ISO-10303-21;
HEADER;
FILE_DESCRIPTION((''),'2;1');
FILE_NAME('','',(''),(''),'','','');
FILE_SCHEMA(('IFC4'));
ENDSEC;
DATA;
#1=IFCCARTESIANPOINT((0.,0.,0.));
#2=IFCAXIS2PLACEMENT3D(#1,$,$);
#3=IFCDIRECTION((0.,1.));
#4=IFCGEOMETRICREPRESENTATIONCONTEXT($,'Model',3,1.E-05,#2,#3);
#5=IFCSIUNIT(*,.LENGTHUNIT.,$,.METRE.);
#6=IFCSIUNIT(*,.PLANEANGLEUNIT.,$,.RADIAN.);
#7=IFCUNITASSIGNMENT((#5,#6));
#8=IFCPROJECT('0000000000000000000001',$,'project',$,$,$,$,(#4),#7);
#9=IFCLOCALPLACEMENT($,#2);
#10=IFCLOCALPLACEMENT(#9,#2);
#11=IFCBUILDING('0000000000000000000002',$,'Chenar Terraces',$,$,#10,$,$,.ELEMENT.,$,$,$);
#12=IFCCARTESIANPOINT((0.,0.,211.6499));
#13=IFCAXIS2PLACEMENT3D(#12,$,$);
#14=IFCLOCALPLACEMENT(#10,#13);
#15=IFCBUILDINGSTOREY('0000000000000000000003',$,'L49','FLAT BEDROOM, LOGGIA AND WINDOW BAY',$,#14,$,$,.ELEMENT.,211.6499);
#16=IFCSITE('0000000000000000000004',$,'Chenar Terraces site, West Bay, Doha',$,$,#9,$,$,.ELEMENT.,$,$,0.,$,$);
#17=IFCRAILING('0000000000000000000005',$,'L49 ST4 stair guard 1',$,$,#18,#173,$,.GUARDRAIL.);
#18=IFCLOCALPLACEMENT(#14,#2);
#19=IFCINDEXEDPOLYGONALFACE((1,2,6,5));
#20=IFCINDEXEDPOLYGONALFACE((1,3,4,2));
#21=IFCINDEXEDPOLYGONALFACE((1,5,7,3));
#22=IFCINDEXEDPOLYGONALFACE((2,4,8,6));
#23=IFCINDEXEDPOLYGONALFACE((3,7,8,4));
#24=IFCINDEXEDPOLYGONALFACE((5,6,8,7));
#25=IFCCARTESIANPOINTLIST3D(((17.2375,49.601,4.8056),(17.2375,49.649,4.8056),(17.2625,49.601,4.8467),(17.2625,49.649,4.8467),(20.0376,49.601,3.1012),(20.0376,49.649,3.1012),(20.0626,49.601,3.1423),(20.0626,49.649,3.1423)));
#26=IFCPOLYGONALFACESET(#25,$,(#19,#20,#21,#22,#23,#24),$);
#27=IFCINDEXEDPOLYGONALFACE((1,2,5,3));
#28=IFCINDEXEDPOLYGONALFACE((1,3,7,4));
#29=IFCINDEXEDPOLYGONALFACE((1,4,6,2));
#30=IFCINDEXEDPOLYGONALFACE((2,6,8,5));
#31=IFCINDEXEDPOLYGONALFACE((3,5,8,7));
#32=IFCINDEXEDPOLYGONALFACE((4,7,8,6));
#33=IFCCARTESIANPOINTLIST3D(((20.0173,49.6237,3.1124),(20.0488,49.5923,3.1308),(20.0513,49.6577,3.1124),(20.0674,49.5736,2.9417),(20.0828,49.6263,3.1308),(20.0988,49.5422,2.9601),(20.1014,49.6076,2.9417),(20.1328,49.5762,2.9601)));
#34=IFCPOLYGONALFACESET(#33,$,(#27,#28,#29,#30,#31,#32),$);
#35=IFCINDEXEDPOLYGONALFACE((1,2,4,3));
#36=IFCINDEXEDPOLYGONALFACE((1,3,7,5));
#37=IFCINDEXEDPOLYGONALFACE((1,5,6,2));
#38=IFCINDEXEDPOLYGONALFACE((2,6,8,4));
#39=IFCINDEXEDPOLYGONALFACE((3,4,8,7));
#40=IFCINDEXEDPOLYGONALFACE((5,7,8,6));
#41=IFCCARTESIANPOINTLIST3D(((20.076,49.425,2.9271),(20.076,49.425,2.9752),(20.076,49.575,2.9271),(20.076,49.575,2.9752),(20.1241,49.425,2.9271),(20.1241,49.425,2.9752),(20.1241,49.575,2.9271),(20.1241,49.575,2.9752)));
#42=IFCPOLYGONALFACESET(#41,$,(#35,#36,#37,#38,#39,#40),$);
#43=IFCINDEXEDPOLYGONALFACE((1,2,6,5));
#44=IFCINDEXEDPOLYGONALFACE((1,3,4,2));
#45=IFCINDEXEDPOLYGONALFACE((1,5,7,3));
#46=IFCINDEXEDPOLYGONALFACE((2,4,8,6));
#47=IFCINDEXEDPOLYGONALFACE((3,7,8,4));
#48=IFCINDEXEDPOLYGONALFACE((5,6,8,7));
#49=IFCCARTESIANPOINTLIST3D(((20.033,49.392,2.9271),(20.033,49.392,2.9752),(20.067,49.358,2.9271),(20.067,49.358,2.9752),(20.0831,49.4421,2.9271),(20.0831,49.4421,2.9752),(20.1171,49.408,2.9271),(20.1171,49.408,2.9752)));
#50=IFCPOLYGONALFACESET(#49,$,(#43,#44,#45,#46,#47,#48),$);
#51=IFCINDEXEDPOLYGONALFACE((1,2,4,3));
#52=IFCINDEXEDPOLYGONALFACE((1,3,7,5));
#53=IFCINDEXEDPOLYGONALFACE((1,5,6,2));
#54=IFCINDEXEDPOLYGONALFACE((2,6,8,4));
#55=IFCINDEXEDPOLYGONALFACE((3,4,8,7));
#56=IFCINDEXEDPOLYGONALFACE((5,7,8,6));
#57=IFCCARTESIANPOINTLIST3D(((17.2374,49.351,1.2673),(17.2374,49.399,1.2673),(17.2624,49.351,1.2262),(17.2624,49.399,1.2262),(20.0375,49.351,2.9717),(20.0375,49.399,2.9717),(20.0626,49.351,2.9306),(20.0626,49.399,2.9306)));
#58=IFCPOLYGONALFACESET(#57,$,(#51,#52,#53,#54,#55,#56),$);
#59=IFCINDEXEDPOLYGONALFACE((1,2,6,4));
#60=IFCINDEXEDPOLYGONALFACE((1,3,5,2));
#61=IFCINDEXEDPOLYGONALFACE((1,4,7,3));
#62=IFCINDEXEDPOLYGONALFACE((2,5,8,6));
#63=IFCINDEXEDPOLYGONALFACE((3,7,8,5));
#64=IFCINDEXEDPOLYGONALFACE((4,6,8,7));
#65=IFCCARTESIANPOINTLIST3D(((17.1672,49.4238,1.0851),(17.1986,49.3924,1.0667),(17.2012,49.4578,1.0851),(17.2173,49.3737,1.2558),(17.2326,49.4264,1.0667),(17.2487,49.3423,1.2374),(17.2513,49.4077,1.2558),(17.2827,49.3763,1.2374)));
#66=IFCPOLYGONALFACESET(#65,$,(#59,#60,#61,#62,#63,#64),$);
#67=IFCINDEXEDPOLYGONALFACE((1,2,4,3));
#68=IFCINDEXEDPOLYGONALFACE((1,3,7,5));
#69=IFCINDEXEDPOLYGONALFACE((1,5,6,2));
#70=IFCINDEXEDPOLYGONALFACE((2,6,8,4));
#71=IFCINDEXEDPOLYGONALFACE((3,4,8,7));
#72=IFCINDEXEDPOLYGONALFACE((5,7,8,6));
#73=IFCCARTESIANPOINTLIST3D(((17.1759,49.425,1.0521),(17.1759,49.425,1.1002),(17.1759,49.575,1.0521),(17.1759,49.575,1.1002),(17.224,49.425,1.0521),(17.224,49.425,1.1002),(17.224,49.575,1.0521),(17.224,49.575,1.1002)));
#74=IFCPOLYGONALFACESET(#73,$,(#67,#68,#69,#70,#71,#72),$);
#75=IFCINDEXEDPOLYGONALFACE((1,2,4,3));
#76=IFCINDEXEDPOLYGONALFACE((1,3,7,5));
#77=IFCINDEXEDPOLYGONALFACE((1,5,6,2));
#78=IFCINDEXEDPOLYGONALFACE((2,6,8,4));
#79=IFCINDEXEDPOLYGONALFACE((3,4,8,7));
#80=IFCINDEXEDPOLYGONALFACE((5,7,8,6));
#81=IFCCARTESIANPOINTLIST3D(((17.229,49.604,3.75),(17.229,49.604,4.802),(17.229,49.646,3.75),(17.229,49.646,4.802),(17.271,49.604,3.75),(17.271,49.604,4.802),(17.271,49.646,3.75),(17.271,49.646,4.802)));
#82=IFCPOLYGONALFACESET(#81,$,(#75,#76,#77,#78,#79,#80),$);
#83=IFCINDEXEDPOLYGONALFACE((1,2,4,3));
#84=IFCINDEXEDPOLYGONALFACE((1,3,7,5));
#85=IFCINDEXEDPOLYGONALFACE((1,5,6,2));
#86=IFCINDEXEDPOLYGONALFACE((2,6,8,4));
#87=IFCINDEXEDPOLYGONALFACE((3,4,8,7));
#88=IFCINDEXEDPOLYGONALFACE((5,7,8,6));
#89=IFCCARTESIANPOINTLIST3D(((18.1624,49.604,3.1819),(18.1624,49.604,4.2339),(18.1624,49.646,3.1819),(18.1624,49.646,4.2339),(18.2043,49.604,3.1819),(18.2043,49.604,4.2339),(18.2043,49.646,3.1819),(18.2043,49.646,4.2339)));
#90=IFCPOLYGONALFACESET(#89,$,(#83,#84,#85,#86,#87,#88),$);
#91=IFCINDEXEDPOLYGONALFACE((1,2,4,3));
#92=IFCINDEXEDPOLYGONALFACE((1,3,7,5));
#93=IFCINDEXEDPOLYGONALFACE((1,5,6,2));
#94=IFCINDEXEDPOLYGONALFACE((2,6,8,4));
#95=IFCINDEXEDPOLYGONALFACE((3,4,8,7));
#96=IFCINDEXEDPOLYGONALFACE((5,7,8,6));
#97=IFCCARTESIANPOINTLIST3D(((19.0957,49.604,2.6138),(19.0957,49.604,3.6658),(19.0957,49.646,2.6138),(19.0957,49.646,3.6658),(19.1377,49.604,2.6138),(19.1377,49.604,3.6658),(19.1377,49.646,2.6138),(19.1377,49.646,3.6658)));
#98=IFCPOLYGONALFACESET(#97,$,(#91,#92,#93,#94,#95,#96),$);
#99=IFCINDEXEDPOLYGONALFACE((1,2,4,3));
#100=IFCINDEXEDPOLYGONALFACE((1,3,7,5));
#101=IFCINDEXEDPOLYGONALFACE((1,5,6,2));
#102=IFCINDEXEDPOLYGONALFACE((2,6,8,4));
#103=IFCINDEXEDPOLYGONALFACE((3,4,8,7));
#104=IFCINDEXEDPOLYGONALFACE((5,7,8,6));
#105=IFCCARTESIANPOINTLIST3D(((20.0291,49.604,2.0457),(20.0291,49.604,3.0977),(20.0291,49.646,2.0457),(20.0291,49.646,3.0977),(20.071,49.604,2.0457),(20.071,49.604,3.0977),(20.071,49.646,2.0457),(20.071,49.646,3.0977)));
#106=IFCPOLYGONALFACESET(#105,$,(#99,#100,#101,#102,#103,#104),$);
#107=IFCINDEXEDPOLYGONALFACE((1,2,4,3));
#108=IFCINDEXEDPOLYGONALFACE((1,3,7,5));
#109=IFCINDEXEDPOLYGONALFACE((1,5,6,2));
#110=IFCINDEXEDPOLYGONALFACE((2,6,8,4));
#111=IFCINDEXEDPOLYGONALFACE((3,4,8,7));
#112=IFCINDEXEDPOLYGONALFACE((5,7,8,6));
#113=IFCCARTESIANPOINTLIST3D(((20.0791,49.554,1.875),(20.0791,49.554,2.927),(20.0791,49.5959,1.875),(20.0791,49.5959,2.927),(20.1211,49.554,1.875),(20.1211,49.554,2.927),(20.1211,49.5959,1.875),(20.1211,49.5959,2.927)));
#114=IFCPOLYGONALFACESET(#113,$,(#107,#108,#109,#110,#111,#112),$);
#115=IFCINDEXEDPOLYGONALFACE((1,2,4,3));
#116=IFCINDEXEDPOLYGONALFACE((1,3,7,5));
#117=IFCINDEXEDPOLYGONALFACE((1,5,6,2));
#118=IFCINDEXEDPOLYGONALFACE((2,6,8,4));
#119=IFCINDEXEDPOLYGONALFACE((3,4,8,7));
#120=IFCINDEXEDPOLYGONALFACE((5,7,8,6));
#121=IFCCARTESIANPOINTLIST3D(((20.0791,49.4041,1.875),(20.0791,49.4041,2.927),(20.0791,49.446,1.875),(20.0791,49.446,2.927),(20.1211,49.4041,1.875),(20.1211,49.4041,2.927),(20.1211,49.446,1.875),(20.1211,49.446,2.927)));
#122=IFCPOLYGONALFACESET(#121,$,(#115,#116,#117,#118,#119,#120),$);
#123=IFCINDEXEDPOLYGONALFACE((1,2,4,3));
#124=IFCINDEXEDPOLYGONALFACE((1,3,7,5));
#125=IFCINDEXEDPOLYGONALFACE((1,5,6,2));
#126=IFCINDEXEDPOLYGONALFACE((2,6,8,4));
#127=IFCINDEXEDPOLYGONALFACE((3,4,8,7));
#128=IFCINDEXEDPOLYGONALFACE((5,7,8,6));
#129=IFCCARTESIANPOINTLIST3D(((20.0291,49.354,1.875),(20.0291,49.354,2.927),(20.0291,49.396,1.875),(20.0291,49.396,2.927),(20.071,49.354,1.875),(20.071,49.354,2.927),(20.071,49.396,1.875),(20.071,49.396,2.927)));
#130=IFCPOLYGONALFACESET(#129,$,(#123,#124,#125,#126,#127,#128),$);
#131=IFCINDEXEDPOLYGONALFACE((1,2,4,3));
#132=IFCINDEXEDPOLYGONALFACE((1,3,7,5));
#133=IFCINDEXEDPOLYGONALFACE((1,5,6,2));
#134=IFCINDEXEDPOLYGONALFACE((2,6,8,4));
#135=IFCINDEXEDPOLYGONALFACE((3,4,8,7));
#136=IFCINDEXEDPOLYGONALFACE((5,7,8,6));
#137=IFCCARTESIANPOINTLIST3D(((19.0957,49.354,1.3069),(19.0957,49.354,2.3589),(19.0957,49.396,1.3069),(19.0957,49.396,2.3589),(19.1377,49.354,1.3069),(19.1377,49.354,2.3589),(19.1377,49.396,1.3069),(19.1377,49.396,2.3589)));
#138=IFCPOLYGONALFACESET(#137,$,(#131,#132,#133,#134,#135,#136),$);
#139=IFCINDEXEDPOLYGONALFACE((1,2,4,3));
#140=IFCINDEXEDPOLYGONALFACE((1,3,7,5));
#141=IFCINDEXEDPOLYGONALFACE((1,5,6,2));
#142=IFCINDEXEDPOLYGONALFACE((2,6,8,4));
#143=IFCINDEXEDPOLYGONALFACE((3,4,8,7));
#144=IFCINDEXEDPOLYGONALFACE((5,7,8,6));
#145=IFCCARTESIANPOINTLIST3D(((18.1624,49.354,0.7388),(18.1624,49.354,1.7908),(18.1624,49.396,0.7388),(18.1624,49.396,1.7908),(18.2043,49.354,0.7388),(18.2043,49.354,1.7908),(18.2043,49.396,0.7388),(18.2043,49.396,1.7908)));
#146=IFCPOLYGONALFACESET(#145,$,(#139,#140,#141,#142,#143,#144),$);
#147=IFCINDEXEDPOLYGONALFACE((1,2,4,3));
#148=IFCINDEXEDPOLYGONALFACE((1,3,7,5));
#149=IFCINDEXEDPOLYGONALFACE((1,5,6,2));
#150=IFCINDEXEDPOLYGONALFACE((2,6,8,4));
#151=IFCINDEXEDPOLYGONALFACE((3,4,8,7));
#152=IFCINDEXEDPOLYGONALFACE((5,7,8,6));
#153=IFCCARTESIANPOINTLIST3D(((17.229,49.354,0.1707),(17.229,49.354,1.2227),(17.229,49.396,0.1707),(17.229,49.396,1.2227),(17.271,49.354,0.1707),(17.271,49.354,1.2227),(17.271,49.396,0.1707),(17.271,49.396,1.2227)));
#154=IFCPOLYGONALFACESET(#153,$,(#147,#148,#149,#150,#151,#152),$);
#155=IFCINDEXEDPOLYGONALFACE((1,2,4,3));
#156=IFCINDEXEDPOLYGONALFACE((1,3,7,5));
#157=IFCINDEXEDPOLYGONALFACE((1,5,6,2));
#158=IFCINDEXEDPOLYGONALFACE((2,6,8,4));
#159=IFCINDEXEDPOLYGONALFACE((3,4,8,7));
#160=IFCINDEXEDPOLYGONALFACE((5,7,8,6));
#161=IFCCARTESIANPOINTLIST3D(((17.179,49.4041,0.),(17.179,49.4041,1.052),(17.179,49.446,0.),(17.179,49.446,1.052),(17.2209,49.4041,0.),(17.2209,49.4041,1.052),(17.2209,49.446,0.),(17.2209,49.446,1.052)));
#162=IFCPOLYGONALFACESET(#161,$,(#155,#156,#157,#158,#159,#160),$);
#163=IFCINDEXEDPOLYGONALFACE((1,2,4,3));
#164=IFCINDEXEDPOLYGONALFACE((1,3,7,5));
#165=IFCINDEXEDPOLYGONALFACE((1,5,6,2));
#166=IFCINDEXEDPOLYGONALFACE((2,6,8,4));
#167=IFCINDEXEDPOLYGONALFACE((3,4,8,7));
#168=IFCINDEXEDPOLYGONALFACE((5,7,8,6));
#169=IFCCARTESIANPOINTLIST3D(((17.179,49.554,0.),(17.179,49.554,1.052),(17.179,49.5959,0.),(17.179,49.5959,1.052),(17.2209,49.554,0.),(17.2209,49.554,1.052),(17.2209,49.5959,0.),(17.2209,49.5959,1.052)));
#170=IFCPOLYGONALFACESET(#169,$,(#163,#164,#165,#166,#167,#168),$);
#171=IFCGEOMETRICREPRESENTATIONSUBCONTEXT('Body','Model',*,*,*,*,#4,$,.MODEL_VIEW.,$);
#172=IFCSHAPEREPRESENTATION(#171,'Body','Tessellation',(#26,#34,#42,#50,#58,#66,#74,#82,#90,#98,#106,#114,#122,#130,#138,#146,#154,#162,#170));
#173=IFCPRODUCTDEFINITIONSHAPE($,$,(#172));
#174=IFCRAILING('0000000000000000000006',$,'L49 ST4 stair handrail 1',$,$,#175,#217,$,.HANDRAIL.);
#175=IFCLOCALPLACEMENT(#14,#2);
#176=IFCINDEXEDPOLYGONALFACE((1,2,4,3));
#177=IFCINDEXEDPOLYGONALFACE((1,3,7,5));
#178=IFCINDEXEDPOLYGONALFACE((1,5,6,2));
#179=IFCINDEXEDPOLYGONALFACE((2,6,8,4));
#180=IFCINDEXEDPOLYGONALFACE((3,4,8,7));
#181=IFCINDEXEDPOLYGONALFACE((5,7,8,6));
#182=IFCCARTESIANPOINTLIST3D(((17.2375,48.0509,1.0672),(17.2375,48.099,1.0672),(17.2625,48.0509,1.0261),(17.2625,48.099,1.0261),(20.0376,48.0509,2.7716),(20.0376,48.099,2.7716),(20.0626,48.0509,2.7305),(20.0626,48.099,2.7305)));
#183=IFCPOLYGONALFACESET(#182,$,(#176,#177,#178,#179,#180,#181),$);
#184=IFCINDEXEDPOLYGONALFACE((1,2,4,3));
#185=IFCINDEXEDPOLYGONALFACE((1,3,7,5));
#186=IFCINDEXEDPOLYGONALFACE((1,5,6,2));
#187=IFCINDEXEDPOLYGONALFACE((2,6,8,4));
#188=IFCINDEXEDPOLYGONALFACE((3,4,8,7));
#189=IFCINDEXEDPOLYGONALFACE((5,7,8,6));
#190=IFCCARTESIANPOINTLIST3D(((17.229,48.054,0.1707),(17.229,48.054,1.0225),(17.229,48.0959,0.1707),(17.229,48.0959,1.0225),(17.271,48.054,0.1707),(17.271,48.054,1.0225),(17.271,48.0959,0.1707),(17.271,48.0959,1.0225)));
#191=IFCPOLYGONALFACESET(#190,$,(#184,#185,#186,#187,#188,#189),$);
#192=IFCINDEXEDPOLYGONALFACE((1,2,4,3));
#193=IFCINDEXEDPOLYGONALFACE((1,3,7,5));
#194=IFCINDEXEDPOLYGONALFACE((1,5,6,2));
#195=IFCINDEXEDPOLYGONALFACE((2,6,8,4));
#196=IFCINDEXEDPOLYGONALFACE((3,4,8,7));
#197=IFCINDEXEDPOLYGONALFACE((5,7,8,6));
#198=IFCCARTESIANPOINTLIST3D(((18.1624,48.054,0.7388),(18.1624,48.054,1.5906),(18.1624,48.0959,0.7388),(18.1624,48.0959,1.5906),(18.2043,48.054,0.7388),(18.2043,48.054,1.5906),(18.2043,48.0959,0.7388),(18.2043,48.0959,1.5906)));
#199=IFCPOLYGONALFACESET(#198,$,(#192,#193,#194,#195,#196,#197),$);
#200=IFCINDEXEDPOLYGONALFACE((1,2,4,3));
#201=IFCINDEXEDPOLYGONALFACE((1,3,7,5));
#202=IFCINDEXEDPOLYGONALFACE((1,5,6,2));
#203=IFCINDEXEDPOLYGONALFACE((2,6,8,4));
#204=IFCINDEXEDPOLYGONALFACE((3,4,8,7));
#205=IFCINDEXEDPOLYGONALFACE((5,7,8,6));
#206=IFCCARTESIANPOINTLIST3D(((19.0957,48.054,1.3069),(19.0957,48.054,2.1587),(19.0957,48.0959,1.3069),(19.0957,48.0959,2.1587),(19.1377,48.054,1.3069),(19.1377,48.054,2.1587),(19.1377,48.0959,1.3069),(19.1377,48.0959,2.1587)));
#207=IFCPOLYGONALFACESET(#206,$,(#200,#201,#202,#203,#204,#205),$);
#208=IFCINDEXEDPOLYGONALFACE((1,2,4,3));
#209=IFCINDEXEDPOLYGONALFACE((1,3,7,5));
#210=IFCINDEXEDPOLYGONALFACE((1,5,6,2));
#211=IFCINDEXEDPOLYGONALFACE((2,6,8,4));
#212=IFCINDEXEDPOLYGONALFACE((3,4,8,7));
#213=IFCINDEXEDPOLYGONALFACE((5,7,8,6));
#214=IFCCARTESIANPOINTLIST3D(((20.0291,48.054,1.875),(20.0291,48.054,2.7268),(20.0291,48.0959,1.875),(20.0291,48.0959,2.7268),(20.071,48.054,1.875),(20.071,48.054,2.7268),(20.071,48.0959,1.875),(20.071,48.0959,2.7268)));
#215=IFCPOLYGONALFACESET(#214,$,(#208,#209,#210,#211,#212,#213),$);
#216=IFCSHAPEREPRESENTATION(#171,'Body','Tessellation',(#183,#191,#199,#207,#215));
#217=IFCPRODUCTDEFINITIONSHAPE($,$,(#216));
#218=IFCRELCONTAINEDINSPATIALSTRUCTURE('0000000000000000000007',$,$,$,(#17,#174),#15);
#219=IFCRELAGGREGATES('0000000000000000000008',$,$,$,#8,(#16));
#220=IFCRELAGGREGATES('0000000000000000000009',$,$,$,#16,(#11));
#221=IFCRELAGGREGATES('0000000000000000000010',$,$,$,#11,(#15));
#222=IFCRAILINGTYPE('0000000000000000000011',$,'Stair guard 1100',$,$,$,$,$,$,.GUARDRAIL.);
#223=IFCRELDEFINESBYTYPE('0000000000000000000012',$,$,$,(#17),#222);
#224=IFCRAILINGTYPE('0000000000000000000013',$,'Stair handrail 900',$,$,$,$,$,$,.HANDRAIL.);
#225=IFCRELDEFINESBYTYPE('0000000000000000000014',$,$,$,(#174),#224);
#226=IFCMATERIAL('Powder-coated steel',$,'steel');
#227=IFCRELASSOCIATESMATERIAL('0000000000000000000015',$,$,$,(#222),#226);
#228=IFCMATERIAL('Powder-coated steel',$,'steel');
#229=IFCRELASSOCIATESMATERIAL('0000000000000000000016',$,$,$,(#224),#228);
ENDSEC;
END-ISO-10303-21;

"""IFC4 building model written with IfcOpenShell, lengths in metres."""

from ifc_helpers import new_model, si_unit, direction, frame, origin, origin_2d, place, context, subcontext, project, spatial, rectangle, extrude, material, type_object, element, save


model = new_model("IFC4")

# Units and contexts
model_context = context("Model", 3, precision=1e-05, world=origin(), true_north=direction((0.0, 1.0)))
body_context = subcontext(model_context, "Body", "Model", "MODEL_VIEW")
ifc_project = project(units=[si_unit("LENGTHUNIT", "METRE"), si_unit("PLANEANGLEUNIT", "RADIAN")], contexts=[model_context])

# Site, building, storey
site_placement = place(None, origin())
site = spatial("IfcSite", under=ifc_project, at=site_placement, Name="Chenar Terraces site, West Bay, Doha", CompositionType="ELEMENT", RefElevation=0.0)
building_placement = place(site_placement, origin())
building = spatial("IfcBuilding", under=site, at=building_placement, Name="Chenar Terraces", CompositionType="ELEMENT")
storey_placement = place(building_placement, frame((0.0, 0.0, 211.6499)))
storey = spatial("IfcBuildingStorey", under=building, at=storey_placement, Name="L49", Description="FLAT BEDROOM, LOGGIA AND WINDOW BAY", CompositionType="ELEMENT", Elevation=211.6499)

# Railings
ifc_material_1 = material(Name="Powder-coated steel", Category="steel")
railing_type_1 = type_object("IfcRailingType", Name="Stair guard 1100", PredefinedType="GUARDRAIL", material=ifc_material_1)
railing_1_placement = place(storey_placement, frame((17.25, 49.625, 3.75)))
element("IfcRailing", 1, at=railing_1_placement, inside=storey, type_object=railing_type_1, Name="L49 ST4 stair guard 1", PredefinedType="GUARDRAIL", context=body_context, shape_type="SweptSolid", body=[
    extrude(rectangle(XDim=0.0481, YDim=0.0481, at=origin_2d()), frame((0.0, 0.0, 1.0762), z_axis=(0.854203, 0.0, -0.51994), x_axis=(0.0, 1.0, 0.0)), (0.0, 0.0, 1.0), 3.2781),
    extrude(rectangle(XDim=0.0481, YDim=0.0481, at=origin_2d()), frame((2.8, 0.0, -0.6284), z_axis=(0.2709, -0.2709, -0.923703), x_axis=(0.707107, 0.707107, 0.0)), (0.0, 0.0, 1.0), 0.1848),
    extrude(rectangle(XDim=0.0481, YDim=0.0481, at=origin_2d()), frame((2.8501, -0.05, -0.7988), z_axis=(0.0, -1.0, 0.0), x_axis=(1.0, 0.0, 0.0)), (0.0, 0.0, 1.0), 0.1499),
    extrude(rectangle(XDim=0.0481, YDim=0.0481, at=origin_2d()), frame((2.8501, -0.2, -0.7988), z_axis=(-0.707107, -0.707107, 0.0), x_axis=(0.707107, -0.707107, 0.0)), (0.0, 0.0, 1.0), 0.0708),
    extrude(rectangle(XDim=0.0481, YDim=0.0481, at=origin_2d()), frame((2.8, -0.25, -0.7988), z_axis=(-0.854203, 0.0, -0.51994), x_axis=(0.0, -1.0, 0.0)), (0.0, 0.0, 1.0), 3.2781),
    extrude(rectangle(XDim=0.0481, YDim=0.0481, at=origin_2d()), frame((0.0, -0.25, -2.5034), z_axis=(-0.2709, 0.2709, -0.923703), x_axis=(-0.707107, -0.707107, 0.0)), (0.0, 0.0, 1.0), 0.1848),
    extrude(rectangle(XDim=0.0481, YDim=0.0481, at=origin_2d()), frame((-0.05, -0.2, -2.6738), z_axis=(0.0, 1.0, 0.0), x_axis=(-1.0, 0.0, 0.0)), (0.0, 0.0, 1.0), 0.1499),
    extrude(rectangle(XDim=0.042, YDim=0.042, at=origin_2d()), origin(), (0.0, 0.0, 1.0), 1.052),
    extrude(rectangle(XDim=0.042, YDim=0.042, at=origin_2d()), frame((0.9333, 0.0, -0.5681)), (0.0, 0.0, 1.0), 1.052),
    extrude(rectangle(XDim=0.042, YDim=0.042, at=origin_2d()), frame((1.8667, 0.0, -1.1362)), (0.0, 0.0, 1.0), 1.052),
    extrude(rectangle(XDim=0.042, YDim=0.042, at=origin_2d()), frame((2.8, 0.0, -1.7043)), (0.0, 0.0, 1.0), 1.052),
    extrude(rectangle(XDim=0.042, YDim=0.042, at=origin_2d()), frame((2.8501, -0.05, -1.875)), (0.0, 0.0, 1.0), 1.052),
    extrude(rectangle(XDim=0.042, YDim=0.042, at=origin_2d()), frame((2.8501, -0.2, -1.875)), (0.0, 0.0, 1.0), 1.052),
    extrude(rectangle(XDim=0.042, YDim=0.042, at=origin_2d()), frame((2.8, -0.25, -1.875)), (0.0, 0.0, 1.0), 1.052),
    extrude(rectangle(XDim=0.042, YDim=0.042, at=origin_2d()), frame((1.8667, -0.25, -2.4431)), (0.0, 0.0, 1.0), 1.052),
    extrude(rectangle(XDim=0.042, YDim=0.042, at=origin_2d()), frame((0.9333, -0.25, -3.0112)), (0.0, 0.0, 1.0), 1.052),
    extrude(rectangle(XDim=0.042, YDim=0.042, at=origin_2d()), frame((0.0, -0.25, -3.5793)), (0.0, 0.0, 1.0), 1.052),
    extrude(rectangle(XDim=0.042, YDim=0.042, at=origin_2d()), frame((-0.05, -0.2, -3.75)), (0.0, 0.0, 1.0), 1.052),
    extrude(rectangle(XDim=0.042, YDim=0.042, at=origin_2d()), frame((-0.05, -0.05, -3.75)), (0.0, 0.0, 1.0), 1.052),
])
ifc_material_2 = material(Name="Powder-coated steel", Category="steel")
railing_type_2 = type_object("IfcRailingType", Name="Stair handrail 900", PredefinedType="HANDRAIL", material=ifc_material_2)
railing_2_placement = place(storey_placement, frame((17.25, 48.075, 0.1707)))
element("IfcRailing", 2, at=railing_2_placement, inside=storey, type_object=railing_type_2, Name="L49 ST4 stair handrail 1", PredefinedType="HANDRAIL", context=body_context, shape_type="SweptSolid", body=[
    extrude(rectangle(XDim=0.0481, YDim=0.0481, at=origin_2d()), frame((0.0, 0.0, 0.876), z_axis=(0.854203, 0.0, 0.51994), x_axis=(0.0, 1.0, 0.0)), (0.0, 0.0, 1.0), 3.2781),
    extrude(rectangle(XDim=0.042, YDim=0.042, at=origin_2d()), origin(), (0.0, 0.0, 1.0), 0.8518),
    extrude(rectangle(XDim=0.042, YDim=0.042, at=origin_2d()), frame((0.9333, 0.0, 0.5681)), (0.0, 0.0, 1.0), 0.8518),
    extrude(rectangle(XDim=0.042, YDim=0.042, at=origin_2d()), frame((1.8667, 0.0, 1.1362)), (0.0, 0.0, 1.0), 0.8518),
    extrude(rectangle(XDim=0.042, YDim=0.042, at=origin_2d()), frame((2.8, 0.0, 1.7043)), (0.0, 0.0, 1.0), 0.8518),
])

save(model, "model.ifc")
